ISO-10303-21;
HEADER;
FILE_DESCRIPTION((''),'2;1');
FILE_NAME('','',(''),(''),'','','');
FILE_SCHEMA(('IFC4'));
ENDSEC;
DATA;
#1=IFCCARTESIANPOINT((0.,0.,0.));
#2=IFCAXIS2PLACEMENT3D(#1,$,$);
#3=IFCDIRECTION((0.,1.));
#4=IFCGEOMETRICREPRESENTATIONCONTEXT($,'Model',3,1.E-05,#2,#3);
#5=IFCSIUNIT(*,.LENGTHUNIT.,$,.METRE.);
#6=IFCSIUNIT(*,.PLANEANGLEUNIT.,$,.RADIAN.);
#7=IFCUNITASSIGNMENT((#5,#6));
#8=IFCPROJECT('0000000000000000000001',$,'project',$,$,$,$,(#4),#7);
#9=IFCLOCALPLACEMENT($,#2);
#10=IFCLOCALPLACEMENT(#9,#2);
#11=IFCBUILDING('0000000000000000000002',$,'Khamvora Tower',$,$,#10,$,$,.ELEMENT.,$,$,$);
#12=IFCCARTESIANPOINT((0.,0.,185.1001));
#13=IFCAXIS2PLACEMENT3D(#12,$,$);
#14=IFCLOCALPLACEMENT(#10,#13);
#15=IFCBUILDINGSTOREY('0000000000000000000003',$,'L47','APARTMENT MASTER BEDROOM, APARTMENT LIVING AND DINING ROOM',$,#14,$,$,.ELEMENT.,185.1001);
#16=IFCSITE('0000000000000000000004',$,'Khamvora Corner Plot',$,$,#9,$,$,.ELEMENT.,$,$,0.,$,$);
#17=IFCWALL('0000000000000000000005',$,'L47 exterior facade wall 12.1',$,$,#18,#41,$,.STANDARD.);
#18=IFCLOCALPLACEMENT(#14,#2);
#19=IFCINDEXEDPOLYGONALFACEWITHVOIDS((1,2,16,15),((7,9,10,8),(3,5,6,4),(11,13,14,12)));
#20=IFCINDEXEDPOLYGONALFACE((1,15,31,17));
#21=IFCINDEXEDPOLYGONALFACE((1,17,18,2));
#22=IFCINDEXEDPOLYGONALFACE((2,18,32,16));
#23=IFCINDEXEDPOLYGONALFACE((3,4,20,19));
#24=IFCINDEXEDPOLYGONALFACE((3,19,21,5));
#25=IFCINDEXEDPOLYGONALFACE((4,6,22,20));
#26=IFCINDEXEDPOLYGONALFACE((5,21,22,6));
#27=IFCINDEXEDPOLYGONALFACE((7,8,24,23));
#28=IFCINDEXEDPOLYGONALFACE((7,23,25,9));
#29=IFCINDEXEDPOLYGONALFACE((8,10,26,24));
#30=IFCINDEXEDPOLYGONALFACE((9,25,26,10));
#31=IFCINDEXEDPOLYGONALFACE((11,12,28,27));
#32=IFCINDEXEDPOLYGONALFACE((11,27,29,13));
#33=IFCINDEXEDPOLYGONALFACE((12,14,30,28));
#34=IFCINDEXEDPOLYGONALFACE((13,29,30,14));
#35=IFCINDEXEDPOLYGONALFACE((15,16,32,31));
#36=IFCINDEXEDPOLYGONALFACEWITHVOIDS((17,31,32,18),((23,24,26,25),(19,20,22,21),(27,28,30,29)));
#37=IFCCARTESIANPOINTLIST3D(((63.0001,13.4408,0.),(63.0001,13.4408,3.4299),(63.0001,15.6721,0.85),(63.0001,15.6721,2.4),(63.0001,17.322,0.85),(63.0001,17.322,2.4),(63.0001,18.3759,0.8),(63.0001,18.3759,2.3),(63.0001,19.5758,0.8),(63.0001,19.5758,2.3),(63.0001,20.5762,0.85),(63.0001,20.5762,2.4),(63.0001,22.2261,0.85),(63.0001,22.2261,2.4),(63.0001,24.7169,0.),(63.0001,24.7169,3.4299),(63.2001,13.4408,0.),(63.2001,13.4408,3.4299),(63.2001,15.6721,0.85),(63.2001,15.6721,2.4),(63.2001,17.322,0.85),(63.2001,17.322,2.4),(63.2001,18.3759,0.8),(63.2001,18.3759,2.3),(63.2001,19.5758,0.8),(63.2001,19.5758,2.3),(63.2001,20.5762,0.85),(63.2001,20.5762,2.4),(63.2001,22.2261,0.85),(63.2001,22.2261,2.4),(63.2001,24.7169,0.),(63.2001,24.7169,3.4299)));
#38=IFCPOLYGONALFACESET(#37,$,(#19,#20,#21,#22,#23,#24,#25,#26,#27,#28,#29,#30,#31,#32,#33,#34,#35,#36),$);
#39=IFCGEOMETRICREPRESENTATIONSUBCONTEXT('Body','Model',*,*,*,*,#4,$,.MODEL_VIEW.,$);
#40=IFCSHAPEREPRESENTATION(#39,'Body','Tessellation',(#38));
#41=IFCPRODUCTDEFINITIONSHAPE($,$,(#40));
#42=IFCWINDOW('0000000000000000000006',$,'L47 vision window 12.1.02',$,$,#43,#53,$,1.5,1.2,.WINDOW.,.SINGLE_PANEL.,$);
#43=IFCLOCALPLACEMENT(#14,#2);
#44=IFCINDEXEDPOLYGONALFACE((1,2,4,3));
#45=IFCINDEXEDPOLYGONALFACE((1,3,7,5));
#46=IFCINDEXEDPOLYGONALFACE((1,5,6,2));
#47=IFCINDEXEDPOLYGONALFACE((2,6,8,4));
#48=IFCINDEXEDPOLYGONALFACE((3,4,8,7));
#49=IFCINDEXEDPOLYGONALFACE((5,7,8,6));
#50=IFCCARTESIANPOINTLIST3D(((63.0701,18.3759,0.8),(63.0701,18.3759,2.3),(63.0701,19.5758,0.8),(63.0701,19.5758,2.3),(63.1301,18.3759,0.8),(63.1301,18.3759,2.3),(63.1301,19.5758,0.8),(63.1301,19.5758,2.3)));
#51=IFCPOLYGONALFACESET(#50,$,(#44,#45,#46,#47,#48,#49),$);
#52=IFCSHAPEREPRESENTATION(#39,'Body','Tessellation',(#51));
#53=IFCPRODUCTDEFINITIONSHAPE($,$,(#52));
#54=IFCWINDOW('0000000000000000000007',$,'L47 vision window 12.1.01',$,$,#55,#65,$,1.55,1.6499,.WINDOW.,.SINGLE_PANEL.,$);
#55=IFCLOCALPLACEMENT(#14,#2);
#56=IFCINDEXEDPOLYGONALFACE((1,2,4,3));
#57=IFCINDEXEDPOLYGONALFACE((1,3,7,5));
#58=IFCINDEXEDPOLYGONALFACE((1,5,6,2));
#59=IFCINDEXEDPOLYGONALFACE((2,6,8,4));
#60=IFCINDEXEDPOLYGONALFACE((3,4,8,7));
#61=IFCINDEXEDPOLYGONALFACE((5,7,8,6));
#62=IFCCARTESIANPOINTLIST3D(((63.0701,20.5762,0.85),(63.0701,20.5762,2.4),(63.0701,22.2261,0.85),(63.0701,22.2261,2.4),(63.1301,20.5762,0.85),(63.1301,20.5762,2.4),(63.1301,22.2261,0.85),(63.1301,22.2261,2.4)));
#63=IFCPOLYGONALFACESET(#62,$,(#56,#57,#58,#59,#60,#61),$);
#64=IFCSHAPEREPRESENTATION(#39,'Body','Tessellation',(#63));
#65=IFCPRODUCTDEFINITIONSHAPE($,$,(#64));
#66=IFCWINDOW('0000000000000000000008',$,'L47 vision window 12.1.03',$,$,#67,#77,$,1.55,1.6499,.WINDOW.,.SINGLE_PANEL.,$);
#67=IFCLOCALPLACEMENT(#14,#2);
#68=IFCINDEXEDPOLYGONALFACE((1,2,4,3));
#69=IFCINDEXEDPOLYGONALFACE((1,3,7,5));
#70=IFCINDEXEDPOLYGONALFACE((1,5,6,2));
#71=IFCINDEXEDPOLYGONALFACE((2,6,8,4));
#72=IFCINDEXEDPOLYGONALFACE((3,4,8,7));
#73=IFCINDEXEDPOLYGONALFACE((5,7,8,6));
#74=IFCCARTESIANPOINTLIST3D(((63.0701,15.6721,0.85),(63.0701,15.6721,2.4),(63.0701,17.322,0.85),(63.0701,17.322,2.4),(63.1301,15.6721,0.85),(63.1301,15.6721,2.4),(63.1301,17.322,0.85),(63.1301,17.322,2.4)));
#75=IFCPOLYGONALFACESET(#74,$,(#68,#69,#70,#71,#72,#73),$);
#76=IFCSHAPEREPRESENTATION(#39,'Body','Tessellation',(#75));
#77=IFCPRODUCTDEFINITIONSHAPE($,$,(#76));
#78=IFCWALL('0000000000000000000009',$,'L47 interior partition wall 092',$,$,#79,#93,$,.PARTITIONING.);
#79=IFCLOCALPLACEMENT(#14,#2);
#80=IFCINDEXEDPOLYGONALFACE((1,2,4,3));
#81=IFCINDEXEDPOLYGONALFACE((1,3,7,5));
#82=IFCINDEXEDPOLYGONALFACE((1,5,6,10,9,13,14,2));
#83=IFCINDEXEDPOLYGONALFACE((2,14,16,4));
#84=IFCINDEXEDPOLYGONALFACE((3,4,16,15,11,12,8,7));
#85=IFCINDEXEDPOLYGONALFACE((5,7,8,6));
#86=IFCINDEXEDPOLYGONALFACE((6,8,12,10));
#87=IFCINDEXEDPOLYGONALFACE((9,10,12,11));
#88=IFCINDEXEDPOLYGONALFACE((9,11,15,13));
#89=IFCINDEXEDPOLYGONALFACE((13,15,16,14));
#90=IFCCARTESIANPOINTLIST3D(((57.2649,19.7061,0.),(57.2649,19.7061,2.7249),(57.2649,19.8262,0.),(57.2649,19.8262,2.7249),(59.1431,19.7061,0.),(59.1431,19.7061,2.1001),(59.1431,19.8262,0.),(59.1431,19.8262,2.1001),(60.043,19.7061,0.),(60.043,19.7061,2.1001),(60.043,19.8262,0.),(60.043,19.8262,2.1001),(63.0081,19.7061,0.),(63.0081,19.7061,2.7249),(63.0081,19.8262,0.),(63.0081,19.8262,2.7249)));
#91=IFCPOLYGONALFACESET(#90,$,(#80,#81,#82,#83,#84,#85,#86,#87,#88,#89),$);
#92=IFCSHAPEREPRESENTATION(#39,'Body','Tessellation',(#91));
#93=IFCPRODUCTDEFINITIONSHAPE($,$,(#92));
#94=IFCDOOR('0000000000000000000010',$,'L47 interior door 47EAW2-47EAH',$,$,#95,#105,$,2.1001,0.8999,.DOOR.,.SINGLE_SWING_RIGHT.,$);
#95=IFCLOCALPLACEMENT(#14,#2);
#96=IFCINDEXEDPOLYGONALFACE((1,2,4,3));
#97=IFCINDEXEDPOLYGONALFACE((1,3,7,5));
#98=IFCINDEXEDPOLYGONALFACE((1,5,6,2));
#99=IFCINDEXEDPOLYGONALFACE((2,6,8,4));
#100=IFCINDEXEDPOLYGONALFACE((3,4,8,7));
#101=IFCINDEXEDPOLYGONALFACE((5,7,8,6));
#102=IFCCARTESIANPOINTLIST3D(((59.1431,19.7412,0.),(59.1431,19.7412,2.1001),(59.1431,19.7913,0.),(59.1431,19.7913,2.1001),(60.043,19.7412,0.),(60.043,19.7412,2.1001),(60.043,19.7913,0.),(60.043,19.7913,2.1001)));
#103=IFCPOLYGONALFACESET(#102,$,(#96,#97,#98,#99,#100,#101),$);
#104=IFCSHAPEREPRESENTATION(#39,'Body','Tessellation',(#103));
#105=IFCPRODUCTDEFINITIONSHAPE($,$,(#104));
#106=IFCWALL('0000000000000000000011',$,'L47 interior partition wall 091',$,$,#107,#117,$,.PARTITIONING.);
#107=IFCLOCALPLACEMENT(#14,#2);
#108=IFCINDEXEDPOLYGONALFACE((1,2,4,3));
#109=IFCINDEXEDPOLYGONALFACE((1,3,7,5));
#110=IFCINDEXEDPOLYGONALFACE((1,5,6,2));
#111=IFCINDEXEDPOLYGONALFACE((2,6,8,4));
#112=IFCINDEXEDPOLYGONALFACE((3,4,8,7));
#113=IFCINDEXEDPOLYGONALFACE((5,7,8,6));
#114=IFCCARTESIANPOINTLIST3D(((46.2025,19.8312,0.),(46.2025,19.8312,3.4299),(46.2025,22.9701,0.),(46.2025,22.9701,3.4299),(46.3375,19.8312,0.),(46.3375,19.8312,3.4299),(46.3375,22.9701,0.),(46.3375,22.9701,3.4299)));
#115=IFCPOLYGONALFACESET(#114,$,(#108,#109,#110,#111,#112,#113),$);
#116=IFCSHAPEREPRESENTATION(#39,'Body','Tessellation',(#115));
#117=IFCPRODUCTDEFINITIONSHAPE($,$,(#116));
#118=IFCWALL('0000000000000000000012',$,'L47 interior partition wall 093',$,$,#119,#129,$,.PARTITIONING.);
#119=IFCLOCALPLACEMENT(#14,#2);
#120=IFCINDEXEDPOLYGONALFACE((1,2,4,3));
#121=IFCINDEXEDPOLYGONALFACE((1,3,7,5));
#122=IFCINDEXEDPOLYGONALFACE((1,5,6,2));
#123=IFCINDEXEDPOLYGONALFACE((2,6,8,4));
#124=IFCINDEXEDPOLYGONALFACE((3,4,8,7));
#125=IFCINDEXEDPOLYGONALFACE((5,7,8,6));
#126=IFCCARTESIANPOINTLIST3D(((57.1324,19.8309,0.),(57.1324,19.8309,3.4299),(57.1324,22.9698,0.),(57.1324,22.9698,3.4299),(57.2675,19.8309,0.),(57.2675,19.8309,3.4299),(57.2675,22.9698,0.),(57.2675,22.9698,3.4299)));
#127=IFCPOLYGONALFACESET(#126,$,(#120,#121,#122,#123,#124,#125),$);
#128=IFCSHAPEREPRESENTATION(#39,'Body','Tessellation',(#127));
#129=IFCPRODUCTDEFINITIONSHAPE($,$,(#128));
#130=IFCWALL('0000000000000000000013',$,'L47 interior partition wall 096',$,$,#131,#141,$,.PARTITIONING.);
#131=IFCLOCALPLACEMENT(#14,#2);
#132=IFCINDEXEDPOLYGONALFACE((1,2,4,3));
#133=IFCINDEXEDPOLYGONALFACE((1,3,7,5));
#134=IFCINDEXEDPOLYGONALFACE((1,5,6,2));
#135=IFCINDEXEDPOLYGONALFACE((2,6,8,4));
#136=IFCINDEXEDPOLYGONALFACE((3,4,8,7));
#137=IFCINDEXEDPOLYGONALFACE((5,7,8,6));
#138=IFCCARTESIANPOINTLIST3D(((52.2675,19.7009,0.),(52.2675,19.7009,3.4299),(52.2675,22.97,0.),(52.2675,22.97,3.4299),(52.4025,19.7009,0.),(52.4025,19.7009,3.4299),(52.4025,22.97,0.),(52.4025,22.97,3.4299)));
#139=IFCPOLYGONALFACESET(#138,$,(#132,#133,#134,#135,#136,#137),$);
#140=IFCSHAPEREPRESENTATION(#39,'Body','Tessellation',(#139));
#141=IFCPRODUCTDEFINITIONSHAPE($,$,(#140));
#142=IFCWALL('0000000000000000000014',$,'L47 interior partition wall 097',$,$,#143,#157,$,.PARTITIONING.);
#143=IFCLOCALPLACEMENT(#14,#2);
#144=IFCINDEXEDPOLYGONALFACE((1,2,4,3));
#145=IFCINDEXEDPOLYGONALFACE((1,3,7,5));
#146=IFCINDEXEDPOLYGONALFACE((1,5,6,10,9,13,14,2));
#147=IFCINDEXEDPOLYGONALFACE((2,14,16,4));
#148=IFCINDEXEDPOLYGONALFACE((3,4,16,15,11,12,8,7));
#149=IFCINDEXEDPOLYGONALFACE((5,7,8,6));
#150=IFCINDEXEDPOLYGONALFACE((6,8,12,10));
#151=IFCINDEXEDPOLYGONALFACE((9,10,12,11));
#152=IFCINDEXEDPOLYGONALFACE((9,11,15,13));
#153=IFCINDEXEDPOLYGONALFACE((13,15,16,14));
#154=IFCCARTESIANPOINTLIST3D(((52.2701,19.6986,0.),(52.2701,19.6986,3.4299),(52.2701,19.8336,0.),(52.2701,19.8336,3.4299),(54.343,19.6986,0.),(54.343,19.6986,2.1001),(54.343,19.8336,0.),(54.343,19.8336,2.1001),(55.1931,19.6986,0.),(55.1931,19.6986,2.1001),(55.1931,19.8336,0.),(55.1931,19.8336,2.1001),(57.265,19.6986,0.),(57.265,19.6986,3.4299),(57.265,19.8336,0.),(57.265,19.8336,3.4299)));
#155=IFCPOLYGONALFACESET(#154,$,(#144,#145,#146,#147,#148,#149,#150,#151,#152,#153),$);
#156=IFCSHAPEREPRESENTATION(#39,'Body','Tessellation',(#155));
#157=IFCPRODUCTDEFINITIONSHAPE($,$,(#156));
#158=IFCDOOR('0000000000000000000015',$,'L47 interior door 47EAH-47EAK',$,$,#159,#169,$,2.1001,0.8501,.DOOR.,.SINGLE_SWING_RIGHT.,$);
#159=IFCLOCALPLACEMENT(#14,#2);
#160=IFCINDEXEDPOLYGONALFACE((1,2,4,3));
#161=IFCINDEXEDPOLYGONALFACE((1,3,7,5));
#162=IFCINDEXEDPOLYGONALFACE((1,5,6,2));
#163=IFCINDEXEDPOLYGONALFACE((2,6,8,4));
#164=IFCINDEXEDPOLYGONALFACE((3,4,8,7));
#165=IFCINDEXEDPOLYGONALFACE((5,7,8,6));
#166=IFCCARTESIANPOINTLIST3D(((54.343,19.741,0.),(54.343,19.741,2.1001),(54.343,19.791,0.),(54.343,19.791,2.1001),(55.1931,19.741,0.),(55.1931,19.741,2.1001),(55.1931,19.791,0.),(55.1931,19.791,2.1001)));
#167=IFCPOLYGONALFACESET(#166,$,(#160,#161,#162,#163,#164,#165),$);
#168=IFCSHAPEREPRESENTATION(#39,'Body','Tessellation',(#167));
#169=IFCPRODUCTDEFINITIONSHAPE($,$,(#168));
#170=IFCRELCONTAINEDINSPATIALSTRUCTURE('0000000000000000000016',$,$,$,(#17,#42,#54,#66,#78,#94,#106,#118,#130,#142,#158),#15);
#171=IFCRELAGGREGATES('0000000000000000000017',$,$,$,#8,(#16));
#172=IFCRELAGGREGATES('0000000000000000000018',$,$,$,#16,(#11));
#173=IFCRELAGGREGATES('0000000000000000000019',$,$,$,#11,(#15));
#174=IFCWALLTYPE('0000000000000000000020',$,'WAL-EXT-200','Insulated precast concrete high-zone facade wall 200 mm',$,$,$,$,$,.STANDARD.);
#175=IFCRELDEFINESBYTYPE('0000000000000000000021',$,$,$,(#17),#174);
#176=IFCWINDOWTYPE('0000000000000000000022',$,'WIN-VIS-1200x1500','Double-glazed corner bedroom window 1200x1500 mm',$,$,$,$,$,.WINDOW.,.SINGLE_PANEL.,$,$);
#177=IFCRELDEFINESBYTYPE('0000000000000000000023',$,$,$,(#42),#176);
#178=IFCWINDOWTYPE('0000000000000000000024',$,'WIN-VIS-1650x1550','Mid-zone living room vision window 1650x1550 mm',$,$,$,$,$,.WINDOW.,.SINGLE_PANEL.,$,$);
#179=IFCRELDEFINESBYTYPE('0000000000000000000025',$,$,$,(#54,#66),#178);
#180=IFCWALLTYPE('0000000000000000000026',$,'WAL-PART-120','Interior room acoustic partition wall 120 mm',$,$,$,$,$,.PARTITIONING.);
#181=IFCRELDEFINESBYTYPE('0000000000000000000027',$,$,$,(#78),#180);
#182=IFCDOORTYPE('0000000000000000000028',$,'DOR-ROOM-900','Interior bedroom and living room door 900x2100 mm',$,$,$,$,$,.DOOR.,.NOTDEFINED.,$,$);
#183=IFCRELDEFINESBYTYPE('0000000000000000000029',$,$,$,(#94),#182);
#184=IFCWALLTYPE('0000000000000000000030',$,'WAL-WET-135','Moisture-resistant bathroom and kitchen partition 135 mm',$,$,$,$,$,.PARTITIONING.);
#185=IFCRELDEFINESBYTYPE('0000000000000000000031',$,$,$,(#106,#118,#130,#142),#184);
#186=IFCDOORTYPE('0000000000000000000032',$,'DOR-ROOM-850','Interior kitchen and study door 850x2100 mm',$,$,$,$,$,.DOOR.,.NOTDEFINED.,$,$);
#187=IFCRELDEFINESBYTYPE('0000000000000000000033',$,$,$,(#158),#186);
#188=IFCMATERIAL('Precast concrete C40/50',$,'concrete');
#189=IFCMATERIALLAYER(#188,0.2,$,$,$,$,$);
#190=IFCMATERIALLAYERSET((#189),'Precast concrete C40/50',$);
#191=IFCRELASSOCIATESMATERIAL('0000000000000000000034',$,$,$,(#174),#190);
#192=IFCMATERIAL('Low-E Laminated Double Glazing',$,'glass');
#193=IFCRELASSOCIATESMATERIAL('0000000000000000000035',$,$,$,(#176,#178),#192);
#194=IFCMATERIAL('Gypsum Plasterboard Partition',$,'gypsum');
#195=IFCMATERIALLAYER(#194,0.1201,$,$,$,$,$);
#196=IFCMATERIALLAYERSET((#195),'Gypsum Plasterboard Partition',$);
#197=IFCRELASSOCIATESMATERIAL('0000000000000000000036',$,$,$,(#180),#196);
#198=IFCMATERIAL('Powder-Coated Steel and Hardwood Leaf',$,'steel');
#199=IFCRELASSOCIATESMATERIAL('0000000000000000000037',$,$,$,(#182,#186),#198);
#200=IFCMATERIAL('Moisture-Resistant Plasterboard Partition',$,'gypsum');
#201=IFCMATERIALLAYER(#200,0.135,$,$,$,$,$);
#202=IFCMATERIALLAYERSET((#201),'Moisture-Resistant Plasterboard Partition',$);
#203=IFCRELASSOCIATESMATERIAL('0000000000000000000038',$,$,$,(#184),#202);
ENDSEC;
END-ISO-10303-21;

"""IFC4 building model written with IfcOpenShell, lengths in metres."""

from ifc_helpers import new_model, si_unit, direction, frame, frame_2d, origin, place, context, subcontext, project, spatial, rectangle, extrude, material, layer, layer_set, type_object, element, fill, save


model = new_model("IFC4")

# Units and contexts
model_context = context("Model", 3, precision=1e-05, world=origin(), true_north=direction((0.0, 1.0)))
body_context = subcontext(model_context, "Body", "Model", "MODEL_VIEW")
ifc_project = project(units=[si_unit("LENGTHUNIT", "METRE"), si_unit("PLANEANGLEUNIT", "RADIAN")], contexts=[model_context])

# Site, building, storey
site_placement = place(None, origin())
site = spatial("IfcSite", under=ifc_project, at=site_placement, Name="Khamvora Corner Plot", CompositionType="ELEMENT", RefElevation=0.0)
building_placement = place(site_placement, origin())
building = spatial("IfcBuilding", under=site, at=building_placement, Name="Khamvora Tower", CompositionType="ELEMENT")
storey_placement = place(building_placement, frame((0.0, 0.0, 185.1001)))
storey = spatial("IfcBuildingStorey", under=building, at=storey_placement, Name="L47", Description="APARTMENT MASTER BEDROOM, APARTMENT LIVING AND DINING ROOM", CompositionType="ELEMENT", Elevation=185.1001)

# Shared definitions
ifc_material_1 = material(Name="Powder-Coated Steel and Hardwood Leaf", Category="steel")

# Shared definitions
ifc_material_2 = material(Name="Precast concrete C40/50", Category="concrete")
ifc_layer_1 = layer(ifc_material_2, 0.2)
ifc_layer_set_1 = layer_set([ifc_layer_1], Name="Precast concrete C40/50")
wall_type_1 = type_object("IfcWallType", Name="WAL-EXT-200", Description="Insulated precast concrete high-zone facade wall 200 mm", PredefinedType="STANDARD", material=ifc_layer_set_1)

# Wall, openings, windows
wall_1_placement = place(storey_placement, frame((63.1001, 24.717, 0.0), z_axis=(0.0, 0.0, 1.0), x_axis=(0.0, -1.0, 0.0)))
wall_1 = element("IfcWall", 1, at=wall_1_placement, inside=storey, type_object=wall_type_1, Name="L47 exterior facade wall 12.1", PredefinedType="STANDARD", context=body_context, shape_type="SweptSolid", body=[
    extrude(rectangle(XDim=11.2761, YDim=0.2, at=frame_2d((5.6382, 0.0))), origin(), (0.0, 0.0, 1.0), 3.4299),
])
opening_1_placement = place(wall_1_placement, frame((2.491, 0.0, 0.8501)))
opening_1 = element("IfcOpeningElement", 2, at=opening_1_placement, cuts=wall_1, PredefinedType="OPENING", context=body_context, shape_type="SweptSolid", body=[
    extrude(rectangle(XDim=1.6499, YDim=1.55, at=frame_2d((0.825, 0.7749))), frame((0.0, 0.1099, 0.0), z_axis=(0.0, -1.0, 0.0), x_axis=(1.0, 0.0, 0.0)), (0.0, 0.0, 1.0), 0.22),
])
opening_2_placement = place(wall_1_placement, frame((5.1411, 0.0, 0.8)))
opening_2 = element("IfcOpeningElement", 3, at=opening_2_placement, cuts=wall_1, PredefinedType="OPENING", context=body_context, shape_type="SweptSolid", body=[
    extrude(rectangle(XDim=1.2, YDim=1.5, at=frame_2d((0.6001, 0.75))), frame((0.0, 0.1099, 0.0), z_axis=(0.0, -1.0, 0.0), x_axis=(1.0, 0.0, 0.0)), (0.0, 0.0, 1.0), 0.22),
])
opening_3_placement = place(wall_1_placement, frame((7.395, 0.0, 0.8501)))
opening_3 = element("IfcOpeningElement", 4, at=opening_3_placement, cuts=wall_1, PredefinedType="OPENING", context=body_context, shape_type="SweptSolid", body=[
    extrude(rectangle(XDim=1.6499, YDim=1.55, at=frame_2d((0.825, 0.7749))), frame((0.0, 0.1099, 0.0), z_axis=(0.0, -1.0, 0.0), x_axis=(1.0, 0.0, 0.0)), (0.0, 0.0, 1.0), 0.22),
])
ifc_material_3 = material(Name="Low-E Laminated Double Glazing", Category="glass")
window_type_1 = type_object("IfcWindowType", Name="WIN-VIS-1200x1500", Description="Double-glazed corner bedroom window 1200x1500 mm", PartitioningType="SINGLE_PANEL", PredefinedType="WINDOW", material=ifc_material_3)
window_1_placement = place(opening_2_placement, origin())
window_1 = element("IfcWindow", 5, at=window_1_placement, inside=storey, type_object=window_type_1, Name="L47 vision window 12.1.02", OverallHeight=1.5, OverallWidth=1.2, PartitioningType="SINGLE_PANEL", PredefinedType="WINDOW", context=body_context, shape_type="SweptSolid", body=[
    extrude(rectangle(XDim=1.2, YDim=1.5, at=frame_2d((0.6001, 0.75))), frame((0.0, 0.03, 0.0), z_axis=(0.0, -1.0, 0.0), x_axis=(1.0, 0.0, 0.0)), (0.0, 0.0, 1.0), 0.0601),
])
fill(opening_2, window_1)
window_type_2 = type_object("IfcWindowType", Name="WIN-VIS-1650x1550", Description="Mid-zone living room vision window 1650x1550 mm", PartitioningType="SINGLE_PANEL", PredefinedType="WINDOW", material=ifc_material_3)
window_2_placement = place(opening_1_placement, origin())
window_2 = element("IfcWindow", 6, at=window_2_placement, inside=storey, type_object=window_type_2, Name="L47 vision window 12.1.01", OverallHeight=1.55, OverallWidth=1.6499, PartitioningType="SINGLE_PANEL", PredefinedType="WINDOW", context=body_context, shape_type="SweptSolid", body=[
    extrude(rectangle(XDim=1.6499, YDim=1.55, at=frame_2d((0.825, 0.7749))), frame((0.0, 0.03, 0.0), z_axis=(0.0, -1.0, 0.0), x_axis=(1.0, 0.0, 0.0)), (0.0, 0.0, 1.0), 0.0601),
])
fill(opening_1, window_2)
window_3_placement = place(opening_3_placement, origin())
window_3 = element("IfcWindow", 7, at=window_3_placement, inside=storey, type_object=window_type_2, Name="L47 vision window 12.1.03", OverallHeight=1.55, OverallWidth=1.6499, PartitioningType="SINGLE_PANEL", PredefinedType="WINDOW", context=body_context, shape_type="SweptSolid", body=[
    extrude(rectangle(XDim=1.6499, YDim=1.55, at=frame_2d((0.825, 0.7749))), frame((0.0, 0.03, 0.0), z_axis=(0.0, -1.0, 0.0), x_axis=(1.0, 0.0, 0.0)), (0.0, 0.0, 1.0), 0.0601),
])
fill(opening_3, window_3)

# Wall, opening, door
ifc_material_4 = material(Name="Gypsum Plasterboard Partition", Category="gypsum")
ifc_layer_2 = layer(ifc_material_4, 0.1201)
ifc_layer_set_2 = layer_set([ifc_layer_2], Name="Gypsum Plasterboard Partition")
wall_type_2 = type_object("IfcWallType", Name="WAL-PART-120", Description="Interior room acoustic partition wall 120 mm", PredefinedType="PARTITIONING", material=ifc_layer_set_2)
wall_2_placement = place(storey_placement, frame((63.0081, 19.7661, 0.0), z_axis=(0.0, 0.0, 1.0), x_axis=(-1.0, 0.0, 0.0)))
wall_2 = element("IfcWall", 8, at=wall_2_placement, inside=storey, type_object=wall_type_2, Name="L47 interior partition wall 092", PredefinedType="PARTITIONING", context=body_context, shape_type="SweptSolid", body=[
    extrude(rectangle(XDim=5.7432, YDim=0.1201, at=frame_2d((2.8716, 0.0))), origin(), (0.0, 0.0, 1.0), 2.7249),
])
opening_4_placement = place(wall_2_placement, frame((2.9651, 0.0, 0.0)))
opening_4 = element("IfcOpeningElement", 9, at=opening_4_placement, cuts=wall_2, PredefinedType="OPENING", context=body_context, shape_type="SweptSolid", body=[
    extrude(rectangle(XDim=0.8999, YDim=2.1001, at=frame_2d((0.45, 1.05))), frame((0.0, 0.0701, 0.0), z_axis=(0.0, -1.0, 0.0), x_axis=(1.0, 0.0, 0.0)), (0.0, 0.0, 1.0), 0.1401),
])
door_type_1 = type_object("IfcDoorType", Name="DOR-ROOM-900", Description="Interior bedroom and living room door 900x2100 mm", OperationType="NOTDEFINED", PredefinedType="DOOR", material=ifc_material_1)
door_1_placement = place(opening_4_placement, origin())
door_1 = element("IfcDoor", 10, at=door_1_placement, inside=storey, type_object=door_type_1, Name="L47 interior door 47EAW2-47EAH", OperationType="SINGLE_SWING_RIGHT", OverallHeight=2.1001, OverallWidth=0.8999, PredefinedType="DOOR", context=body_context, shape_type="SweptSolid", body=[
    extrude(rectangle(XDim=0.8999, YDim=2.1001, at=frame_2d((0.45, 1.05))), frame((0.0, 0.0249, 0.0), z_axis=(0.0, -1.0, 0.0), x_axis=(1.0, 0.0, 0.0)), (0.0, 0.0, 1.0), 0.05),
])
fill(opening_4, door_1)

# Walls
ifc_material_5 = material(Name="Moisture-Resistant Plasterboard Partition", Category="gypsum")
ifc_layer_3 = layer(ifc_material_5, 0.135)
ifc_layer_set_3 = layer_set([ifc_layer_3], Name="Moisture-Resistant Plasterboard Partition")
wall_type_3 = type_object("IfcWallType", Name="WAL-WET-135", Description="Moisture-resistant bathroom and kitchen partition 135 mm", PredefinedType="PARTITIONING", material=ifc_layer_set_3)
for number, where, z_axis, x_axis, name in (
    (11, (46.27, 22.97, 0.0), (0.0, 0.0, 1.0), (0.0, -1.0, 0.0), "L47 interior partition wall 091"),
    (12, (57.2, 19.8311, 0.0), (0.0, 0.0, 1.0), (0.0, 1.0, 0.0), "L47 interior partition wall 093"),
):
    element("IfcWall", number, at=place(storey_placement, frame(where, z_axis=z_axis, x_axis=x_axis)), inside=storey, type_object=wall_type_3, Name=name, PredefinedType="PARTITIONING", context=body_context, shape_type="SweptSolid", body=[
        extrude(rectangle(XDim=3.1389, YDim=0.135, at=frame_2d((1.5693, 0.0))), origin(), (0.0, 0.0, 1.0), 3.4299),
    ])
wall_3_placement = place(storey_placement, frame((52.335, 22.97, 0.0), z_axis=(0.0, 0.0, 1.0), x_axis=(0.0, -1.0, 0.0)))
element("IfcWall", 13, at=wall_3_placement, inside=storey, type_object=wall_type_3, Name="L47 interior partition wall 096", PredefinedType="PARTITIONING", context=body_context, shape_type="SweptSolid", body=[
    extrude(rectangle(XDim=3.269, YDim=0.135, at=frame_2d((1.6345, 0.0))), origin(), (0.0, 0.0, 1.0), 3.4299),
])

# Wall, opening, door
wall_4_placement = place(storey_placement, frame((52.27, 19.7661, 0.0), z_axis=(0.0, 0.0, 1.0), x_axis=(1.0, 0.0, 0.0)))
wall_4 = element("IfcWall", 14, at=wall_4_placement, inside=storey, type_object=wall_type_3, Name="L47 interior partition wall 097", PredefinedType="PARTITIONING", context=body_context, shape_type="SweptSolid", body=[
    extrude(rectangle(XDim=4.9949, YDim=0.135, at=frame_2d((2.4976, 0.0))), origin(), (0.0, 0.0, 1.0), 3.4299),
])
opening_5_placement = place(wall_4_placement, frame((2.073, 0.0, 0.0)))
opening_5 = element("IfcOpeningElement", 15, at=opening_5_placement, cuts=wall_4, PredefinedType="OPENING", context=body_context, shape_type="SweptSolid", body=[
    extrude(rectangle(XDim=0.8501, YDim=2.1001, at=frame_2d((0.425, 1.05))), frame((0.0, 0.0774, 0.0), z_axis=(0.0, -1.0, 0.0), x_axis=(1.0, 0.0, 0.0)), (0.0, 0.0, 1.0), 0.155),
])
door_type_2 = type_object("IfcDoorType", Name="DOR-ROOM-850", Description="Interior kitchen and study door 850x2100 mm", OperationType="NOTDEFINED", PredefinedType="DOOR", material=ifc_material_1)
door_2_placement = place(opening_5_placement, origin())
door_2 = element("IfcDoor", 16, at=door_2_placement, inside=storey, type_object=door_type_2, Name="L47 interior door 47EAH-47EAK", OperationType="SINGLE_SWING_RIGHT", OverallHeight=2.1001, OverallWidth=0.8501, PredefinedType="DOOR", context=body_context, shape_type="SweptSolid", body=[
    extrude(rectangle(XDim=0.8501, YDim=2.1001, at=frame_2d((0.425, 1.05))), frame((0.0, 0.0249, 0.0), z_axis=(0.0, -1.0, 0.0), x_axis=(1.0, 0.0, 0.0)), (0.0, 0.0, 1.0), 0.05),
])
fill(opening_5, door_2)

save(model, "model.ifc")
